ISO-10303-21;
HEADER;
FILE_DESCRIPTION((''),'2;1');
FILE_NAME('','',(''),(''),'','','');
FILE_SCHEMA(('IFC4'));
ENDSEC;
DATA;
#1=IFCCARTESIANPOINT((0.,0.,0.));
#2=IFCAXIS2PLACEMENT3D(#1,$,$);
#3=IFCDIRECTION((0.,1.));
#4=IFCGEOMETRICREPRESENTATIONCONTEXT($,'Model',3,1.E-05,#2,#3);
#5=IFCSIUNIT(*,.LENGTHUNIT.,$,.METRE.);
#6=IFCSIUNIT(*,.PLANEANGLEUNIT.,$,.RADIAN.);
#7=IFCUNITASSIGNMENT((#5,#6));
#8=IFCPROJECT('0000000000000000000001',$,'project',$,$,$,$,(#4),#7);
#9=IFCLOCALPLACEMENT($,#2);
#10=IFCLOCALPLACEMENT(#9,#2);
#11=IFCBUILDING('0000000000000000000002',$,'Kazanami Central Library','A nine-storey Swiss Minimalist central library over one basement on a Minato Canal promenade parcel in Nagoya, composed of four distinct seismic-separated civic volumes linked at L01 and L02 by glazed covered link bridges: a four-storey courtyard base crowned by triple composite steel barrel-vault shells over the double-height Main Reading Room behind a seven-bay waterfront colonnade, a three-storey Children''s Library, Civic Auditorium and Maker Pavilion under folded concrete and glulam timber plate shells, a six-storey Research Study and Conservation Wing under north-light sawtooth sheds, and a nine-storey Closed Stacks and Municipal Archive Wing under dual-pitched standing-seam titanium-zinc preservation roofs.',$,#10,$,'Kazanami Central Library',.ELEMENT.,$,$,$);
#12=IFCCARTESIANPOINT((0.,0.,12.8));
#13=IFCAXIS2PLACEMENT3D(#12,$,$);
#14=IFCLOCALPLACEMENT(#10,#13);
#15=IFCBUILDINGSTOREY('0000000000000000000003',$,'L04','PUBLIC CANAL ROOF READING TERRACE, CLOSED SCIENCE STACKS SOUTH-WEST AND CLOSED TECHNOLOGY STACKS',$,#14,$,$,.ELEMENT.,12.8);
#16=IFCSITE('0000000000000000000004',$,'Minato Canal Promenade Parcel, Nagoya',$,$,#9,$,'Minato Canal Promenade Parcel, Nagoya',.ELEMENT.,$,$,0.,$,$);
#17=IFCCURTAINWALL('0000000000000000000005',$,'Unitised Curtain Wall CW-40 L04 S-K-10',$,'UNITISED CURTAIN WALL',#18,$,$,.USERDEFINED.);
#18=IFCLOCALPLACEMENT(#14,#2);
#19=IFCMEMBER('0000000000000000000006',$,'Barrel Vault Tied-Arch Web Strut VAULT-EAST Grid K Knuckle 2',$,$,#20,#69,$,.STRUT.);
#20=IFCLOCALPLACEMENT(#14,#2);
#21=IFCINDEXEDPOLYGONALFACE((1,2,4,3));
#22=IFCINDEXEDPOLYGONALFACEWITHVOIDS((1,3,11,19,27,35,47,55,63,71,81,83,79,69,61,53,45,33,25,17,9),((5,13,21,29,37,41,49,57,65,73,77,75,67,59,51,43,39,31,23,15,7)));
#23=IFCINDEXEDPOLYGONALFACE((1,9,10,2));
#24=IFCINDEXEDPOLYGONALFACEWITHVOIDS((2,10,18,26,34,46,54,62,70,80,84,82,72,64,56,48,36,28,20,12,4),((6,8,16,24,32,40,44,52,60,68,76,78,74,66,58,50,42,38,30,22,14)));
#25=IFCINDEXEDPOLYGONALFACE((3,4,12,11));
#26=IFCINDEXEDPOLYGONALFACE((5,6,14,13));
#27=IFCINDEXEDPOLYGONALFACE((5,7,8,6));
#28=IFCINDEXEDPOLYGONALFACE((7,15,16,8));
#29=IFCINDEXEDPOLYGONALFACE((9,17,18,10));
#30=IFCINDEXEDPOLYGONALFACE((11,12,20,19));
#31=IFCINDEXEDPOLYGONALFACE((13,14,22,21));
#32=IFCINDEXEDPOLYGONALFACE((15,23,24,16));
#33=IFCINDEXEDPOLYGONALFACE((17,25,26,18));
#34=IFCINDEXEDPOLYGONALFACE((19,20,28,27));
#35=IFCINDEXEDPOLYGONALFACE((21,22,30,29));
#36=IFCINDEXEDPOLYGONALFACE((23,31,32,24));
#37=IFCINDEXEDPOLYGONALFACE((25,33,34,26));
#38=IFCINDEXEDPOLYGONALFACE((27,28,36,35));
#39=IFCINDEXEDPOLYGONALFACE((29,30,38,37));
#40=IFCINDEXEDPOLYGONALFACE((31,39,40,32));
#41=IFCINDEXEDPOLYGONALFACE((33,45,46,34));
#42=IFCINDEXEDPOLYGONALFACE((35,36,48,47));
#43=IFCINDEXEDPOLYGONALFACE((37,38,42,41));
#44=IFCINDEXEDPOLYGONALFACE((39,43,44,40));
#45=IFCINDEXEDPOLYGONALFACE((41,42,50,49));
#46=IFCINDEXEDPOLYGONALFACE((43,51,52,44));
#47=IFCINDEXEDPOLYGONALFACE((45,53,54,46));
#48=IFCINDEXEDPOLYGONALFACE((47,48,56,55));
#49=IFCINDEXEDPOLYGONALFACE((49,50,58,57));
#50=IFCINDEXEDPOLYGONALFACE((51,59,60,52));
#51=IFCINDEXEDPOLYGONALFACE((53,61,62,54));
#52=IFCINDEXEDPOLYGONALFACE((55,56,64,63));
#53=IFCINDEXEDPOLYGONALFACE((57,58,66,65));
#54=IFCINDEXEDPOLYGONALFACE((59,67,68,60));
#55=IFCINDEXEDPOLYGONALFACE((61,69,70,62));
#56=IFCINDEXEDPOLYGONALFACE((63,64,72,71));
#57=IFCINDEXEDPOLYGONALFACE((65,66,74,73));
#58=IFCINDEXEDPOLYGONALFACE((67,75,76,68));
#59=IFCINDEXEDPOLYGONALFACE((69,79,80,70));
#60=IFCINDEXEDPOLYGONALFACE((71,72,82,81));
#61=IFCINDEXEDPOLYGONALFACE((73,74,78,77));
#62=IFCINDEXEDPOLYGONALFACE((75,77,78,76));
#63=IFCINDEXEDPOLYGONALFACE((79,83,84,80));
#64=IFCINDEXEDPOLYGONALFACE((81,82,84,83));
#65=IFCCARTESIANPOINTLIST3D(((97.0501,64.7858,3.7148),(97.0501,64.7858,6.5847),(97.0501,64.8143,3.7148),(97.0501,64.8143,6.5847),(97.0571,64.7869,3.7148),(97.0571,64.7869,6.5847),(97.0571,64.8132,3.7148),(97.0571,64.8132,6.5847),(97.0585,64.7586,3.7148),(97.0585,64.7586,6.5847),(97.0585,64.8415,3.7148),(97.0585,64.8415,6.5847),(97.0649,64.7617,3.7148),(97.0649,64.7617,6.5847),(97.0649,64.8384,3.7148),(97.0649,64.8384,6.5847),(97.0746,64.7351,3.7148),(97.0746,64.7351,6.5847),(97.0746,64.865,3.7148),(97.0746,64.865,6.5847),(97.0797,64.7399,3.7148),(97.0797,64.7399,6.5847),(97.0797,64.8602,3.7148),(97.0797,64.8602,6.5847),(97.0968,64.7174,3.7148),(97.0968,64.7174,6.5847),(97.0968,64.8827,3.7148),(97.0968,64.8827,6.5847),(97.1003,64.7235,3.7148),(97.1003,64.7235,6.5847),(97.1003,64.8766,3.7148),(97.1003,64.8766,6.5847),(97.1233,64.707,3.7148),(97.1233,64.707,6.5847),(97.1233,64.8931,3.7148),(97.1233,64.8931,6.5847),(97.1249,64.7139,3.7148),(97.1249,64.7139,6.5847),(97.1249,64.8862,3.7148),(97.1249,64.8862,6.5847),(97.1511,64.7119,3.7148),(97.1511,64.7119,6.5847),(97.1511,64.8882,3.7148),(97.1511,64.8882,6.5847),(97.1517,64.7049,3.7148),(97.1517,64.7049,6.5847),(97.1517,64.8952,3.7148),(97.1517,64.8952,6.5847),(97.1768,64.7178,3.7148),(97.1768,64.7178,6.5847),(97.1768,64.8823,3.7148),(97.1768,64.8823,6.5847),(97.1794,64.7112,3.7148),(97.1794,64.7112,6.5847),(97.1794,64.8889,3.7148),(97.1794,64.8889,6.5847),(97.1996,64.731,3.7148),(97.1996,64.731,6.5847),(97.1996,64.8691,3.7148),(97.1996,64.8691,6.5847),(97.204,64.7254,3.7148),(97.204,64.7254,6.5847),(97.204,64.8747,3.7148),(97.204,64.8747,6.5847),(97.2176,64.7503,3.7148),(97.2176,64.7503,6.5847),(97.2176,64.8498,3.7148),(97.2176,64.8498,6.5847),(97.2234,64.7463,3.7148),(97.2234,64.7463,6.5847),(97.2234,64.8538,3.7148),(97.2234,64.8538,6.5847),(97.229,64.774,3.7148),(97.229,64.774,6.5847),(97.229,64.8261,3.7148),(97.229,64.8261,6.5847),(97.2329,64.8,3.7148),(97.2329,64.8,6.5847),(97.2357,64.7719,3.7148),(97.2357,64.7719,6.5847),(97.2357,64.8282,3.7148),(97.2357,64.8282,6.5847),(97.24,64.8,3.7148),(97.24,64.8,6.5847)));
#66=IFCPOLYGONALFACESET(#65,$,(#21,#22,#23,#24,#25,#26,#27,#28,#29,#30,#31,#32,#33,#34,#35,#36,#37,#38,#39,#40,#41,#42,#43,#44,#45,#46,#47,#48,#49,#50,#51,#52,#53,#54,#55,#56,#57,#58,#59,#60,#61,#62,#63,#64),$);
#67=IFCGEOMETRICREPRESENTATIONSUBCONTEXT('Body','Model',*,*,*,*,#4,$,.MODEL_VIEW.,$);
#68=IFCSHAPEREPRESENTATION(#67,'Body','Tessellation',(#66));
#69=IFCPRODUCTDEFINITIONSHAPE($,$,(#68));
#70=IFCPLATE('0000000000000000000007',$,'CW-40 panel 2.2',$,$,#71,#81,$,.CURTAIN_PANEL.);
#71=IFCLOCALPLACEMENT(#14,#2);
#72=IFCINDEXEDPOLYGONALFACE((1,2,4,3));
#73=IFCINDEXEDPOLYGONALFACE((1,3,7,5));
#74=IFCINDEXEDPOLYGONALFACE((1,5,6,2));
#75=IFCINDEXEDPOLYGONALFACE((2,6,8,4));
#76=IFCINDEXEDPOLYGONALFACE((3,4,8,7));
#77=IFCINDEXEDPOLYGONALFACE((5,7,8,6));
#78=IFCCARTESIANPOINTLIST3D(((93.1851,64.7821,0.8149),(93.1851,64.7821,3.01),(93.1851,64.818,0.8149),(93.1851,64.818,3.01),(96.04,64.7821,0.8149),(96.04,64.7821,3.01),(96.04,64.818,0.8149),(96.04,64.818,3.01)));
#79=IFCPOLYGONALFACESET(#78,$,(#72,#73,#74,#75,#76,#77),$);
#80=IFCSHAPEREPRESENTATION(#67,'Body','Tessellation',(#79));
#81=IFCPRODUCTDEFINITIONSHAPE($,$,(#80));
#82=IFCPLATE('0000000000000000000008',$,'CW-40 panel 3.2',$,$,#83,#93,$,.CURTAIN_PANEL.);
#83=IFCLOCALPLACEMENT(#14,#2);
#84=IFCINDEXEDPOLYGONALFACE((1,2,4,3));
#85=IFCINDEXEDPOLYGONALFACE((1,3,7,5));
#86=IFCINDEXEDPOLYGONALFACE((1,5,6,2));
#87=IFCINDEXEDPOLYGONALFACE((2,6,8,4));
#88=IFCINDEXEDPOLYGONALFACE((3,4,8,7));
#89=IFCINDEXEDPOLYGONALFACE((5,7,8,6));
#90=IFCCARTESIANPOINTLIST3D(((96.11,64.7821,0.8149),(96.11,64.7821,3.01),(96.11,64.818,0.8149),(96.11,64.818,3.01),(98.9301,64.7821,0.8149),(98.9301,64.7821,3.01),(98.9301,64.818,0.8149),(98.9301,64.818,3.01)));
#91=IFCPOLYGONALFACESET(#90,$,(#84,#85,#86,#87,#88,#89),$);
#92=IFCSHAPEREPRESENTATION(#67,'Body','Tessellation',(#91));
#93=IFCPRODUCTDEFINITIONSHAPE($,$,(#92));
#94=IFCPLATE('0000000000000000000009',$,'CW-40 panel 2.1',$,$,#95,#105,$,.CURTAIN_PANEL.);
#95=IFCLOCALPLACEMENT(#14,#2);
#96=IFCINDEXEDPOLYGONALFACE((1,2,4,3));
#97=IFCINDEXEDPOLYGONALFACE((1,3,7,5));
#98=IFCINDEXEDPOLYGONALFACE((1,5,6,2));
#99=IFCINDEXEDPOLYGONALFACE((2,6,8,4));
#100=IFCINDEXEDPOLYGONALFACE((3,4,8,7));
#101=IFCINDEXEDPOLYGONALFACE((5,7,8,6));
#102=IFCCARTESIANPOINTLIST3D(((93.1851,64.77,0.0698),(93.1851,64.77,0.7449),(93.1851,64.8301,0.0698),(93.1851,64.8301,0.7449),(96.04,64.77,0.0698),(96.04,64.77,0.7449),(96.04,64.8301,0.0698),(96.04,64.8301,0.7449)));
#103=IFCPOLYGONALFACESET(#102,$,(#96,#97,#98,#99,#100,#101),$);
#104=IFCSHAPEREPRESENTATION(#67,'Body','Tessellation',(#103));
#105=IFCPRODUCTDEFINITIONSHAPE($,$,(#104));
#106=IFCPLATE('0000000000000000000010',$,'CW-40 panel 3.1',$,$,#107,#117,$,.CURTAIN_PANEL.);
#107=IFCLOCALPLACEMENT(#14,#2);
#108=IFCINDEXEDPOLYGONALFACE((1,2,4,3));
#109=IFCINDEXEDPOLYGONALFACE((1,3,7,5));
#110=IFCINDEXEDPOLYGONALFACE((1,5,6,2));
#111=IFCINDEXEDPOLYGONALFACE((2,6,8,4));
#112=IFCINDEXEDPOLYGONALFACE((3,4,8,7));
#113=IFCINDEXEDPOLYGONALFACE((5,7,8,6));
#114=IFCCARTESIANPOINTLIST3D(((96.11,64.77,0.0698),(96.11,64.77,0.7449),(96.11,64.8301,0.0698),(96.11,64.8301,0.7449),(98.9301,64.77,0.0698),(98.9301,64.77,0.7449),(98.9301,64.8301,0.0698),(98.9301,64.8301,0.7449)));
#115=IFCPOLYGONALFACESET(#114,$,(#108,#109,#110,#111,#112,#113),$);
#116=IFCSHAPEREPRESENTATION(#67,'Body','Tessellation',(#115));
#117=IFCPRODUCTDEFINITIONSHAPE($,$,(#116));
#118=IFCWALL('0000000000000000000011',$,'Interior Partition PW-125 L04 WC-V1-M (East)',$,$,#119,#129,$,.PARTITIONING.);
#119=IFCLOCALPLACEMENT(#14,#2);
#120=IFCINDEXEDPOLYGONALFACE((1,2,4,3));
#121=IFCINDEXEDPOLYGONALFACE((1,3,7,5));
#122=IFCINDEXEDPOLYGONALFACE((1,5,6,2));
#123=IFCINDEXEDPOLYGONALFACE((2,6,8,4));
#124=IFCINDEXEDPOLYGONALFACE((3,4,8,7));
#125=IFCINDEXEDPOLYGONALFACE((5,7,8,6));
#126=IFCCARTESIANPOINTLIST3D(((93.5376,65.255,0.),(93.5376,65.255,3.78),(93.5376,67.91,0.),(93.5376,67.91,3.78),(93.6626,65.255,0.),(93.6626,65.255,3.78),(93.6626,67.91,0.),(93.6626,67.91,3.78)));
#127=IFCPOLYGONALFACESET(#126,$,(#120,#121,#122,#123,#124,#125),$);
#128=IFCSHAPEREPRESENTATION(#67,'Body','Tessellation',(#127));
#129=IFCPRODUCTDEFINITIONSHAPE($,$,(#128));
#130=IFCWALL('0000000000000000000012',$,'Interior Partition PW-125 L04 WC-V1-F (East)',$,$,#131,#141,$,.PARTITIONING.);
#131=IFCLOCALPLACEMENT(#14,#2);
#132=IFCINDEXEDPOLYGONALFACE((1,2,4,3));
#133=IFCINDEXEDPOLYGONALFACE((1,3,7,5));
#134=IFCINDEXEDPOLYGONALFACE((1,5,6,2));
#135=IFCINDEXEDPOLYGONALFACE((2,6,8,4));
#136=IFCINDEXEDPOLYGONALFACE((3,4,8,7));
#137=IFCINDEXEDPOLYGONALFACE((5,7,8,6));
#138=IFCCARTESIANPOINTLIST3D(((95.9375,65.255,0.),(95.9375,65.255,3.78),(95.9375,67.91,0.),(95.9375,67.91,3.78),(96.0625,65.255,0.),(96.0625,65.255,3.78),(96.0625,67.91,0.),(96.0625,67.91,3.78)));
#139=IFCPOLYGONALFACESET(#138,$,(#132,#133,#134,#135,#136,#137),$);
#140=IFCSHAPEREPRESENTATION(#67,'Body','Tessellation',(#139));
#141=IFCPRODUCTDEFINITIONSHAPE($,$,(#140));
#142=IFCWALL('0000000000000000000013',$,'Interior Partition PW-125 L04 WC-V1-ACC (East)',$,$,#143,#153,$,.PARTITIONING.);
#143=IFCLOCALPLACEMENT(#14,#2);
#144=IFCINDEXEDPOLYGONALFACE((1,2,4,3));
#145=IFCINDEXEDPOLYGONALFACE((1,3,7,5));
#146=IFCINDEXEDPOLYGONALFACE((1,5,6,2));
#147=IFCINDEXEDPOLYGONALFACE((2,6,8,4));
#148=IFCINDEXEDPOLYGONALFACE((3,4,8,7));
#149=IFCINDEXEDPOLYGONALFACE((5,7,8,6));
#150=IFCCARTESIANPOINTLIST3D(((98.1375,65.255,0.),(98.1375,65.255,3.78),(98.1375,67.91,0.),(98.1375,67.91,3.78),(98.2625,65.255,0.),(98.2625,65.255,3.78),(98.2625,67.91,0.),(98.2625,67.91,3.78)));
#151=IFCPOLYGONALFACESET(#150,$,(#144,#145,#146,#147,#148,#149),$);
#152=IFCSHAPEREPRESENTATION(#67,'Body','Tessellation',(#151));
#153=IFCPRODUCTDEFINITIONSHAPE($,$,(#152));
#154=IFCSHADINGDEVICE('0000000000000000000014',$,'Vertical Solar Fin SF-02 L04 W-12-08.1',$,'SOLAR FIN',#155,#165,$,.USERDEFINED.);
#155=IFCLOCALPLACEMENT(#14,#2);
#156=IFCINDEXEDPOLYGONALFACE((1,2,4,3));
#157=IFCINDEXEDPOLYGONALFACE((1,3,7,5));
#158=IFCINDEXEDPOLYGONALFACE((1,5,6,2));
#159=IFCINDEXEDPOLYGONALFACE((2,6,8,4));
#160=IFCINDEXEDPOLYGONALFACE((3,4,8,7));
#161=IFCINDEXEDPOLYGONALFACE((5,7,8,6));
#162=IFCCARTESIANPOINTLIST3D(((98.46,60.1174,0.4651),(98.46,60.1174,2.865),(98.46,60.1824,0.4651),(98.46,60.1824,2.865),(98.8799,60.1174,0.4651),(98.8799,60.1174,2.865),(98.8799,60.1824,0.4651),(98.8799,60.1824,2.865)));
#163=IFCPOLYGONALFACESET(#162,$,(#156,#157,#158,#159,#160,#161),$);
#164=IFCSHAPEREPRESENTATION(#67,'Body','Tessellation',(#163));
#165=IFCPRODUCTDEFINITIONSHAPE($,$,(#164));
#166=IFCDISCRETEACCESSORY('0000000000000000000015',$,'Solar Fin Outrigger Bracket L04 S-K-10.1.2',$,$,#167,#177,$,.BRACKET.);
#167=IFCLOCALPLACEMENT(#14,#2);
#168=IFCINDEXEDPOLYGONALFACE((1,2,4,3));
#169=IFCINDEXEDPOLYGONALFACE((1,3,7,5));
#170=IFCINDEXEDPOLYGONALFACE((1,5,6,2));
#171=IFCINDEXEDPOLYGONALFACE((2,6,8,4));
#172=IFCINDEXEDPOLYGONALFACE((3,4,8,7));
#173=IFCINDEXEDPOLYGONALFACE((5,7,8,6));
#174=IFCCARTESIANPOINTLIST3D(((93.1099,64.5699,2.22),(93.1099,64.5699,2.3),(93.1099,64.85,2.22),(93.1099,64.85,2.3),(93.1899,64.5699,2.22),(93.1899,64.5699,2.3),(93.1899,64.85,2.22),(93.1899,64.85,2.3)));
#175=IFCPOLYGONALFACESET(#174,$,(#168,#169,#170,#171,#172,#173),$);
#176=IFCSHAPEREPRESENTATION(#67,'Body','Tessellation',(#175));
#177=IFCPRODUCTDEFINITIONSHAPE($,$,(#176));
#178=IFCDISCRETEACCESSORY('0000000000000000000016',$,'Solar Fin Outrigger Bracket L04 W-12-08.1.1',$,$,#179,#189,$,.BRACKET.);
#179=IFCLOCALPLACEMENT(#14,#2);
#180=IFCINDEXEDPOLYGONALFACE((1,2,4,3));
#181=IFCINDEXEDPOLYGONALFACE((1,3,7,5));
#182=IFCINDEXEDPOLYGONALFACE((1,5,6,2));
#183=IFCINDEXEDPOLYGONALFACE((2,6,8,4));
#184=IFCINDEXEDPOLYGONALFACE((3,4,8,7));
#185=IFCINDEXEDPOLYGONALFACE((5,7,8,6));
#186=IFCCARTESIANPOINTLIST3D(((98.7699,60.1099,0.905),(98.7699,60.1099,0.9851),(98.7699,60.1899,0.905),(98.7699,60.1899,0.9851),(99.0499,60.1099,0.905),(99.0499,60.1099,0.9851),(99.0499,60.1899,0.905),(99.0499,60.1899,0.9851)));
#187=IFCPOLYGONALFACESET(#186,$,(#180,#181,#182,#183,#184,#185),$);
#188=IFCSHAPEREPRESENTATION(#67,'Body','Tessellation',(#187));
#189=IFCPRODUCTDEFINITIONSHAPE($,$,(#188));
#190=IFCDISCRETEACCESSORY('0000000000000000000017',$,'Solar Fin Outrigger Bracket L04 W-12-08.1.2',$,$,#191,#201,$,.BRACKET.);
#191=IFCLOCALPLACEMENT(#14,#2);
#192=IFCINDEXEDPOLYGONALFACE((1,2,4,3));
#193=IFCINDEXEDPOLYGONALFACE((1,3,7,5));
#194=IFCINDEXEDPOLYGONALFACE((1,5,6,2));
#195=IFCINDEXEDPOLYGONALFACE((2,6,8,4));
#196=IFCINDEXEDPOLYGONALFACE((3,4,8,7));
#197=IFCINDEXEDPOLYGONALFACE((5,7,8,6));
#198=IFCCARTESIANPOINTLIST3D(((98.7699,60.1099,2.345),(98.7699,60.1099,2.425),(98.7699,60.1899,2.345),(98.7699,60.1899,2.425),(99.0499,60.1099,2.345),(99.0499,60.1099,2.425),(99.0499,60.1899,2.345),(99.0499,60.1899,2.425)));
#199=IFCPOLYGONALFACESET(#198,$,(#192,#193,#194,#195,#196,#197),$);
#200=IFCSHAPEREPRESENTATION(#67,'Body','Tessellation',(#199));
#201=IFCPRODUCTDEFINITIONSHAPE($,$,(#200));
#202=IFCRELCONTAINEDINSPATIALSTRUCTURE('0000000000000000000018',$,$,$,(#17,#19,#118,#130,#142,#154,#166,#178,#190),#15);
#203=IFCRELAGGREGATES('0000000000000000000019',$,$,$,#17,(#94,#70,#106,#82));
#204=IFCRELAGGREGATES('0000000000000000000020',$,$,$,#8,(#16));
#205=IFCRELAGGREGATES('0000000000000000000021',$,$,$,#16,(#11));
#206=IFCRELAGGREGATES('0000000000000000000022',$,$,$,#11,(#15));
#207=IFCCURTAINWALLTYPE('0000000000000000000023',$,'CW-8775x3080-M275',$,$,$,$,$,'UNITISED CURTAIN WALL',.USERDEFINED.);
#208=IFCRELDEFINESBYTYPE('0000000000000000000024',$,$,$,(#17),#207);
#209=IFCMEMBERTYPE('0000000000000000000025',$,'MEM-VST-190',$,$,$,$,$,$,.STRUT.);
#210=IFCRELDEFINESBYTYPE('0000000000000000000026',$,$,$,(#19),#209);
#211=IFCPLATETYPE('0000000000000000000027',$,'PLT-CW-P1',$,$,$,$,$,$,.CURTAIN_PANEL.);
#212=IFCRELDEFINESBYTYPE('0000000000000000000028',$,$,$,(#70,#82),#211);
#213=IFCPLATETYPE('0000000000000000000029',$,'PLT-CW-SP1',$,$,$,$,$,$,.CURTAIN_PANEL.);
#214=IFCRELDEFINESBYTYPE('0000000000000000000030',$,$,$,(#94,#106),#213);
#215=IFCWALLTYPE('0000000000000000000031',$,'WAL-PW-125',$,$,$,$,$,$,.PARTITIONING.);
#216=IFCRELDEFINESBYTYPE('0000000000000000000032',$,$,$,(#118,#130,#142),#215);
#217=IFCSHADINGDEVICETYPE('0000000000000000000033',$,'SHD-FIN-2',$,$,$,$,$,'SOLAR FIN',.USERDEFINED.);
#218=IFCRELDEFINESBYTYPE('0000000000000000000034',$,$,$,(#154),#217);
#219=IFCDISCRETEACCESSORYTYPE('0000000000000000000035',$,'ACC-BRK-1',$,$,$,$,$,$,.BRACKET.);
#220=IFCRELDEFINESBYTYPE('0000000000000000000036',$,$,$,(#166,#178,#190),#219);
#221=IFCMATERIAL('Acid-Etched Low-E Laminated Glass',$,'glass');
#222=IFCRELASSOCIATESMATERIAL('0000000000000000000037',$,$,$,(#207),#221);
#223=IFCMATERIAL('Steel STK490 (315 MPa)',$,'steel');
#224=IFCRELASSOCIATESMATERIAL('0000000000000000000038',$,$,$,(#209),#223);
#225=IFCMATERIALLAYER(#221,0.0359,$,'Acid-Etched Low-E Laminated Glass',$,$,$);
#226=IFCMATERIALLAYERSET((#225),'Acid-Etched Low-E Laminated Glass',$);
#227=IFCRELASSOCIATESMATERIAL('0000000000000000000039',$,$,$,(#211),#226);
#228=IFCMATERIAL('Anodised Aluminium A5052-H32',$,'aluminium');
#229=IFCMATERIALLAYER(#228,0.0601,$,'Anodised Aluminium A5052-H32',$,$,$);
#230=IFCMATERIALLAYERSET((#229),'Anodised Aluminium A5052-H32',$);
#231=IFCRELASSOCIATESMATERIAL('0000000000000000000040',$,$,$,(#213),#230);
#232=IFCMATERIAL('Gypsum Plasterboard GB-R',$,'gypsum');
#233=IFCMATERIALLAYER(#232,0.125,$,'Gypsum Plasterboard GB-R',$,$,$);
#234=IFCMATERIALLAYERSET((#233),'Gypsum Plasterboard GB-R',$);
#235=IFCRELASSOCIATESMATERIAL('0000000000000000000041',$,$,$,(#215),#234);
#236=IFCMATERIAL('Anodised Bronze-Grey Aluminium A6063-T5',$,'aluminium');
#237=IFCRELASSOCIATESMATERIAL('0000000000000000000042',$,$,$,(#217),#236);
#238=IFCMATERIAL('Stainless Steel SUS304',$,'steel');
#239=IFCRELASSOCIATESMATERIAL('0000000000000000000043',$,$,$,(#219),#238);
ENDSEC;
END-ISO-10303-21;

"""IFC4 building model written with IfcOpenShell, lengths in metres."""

from ifc_helpers import new_model, si_unit, direction, frame, frame_2d, origin, origin_2d, place, context, subcontext, project, spatial, rectangle, hollow_circle, extrude, material, layer, layer_set, material_profile, profile_set, type_object, element, aggregate, save


model = new_model("IFC4")

# Units and contexts
model_context = context("Model", 3, precision=1e-05, world=origin(), true_north=direction((0.0, 1.0)))
body_context = subcontext(model_context, "Body", "Model", "MODEL_VIEW")
ifc_project = project(units=[si_unit("LENGTHUNIT", "METRE"), si_unit("PLANEANGLEUNIT", "RADIAN")], contexts=[model_context])

# Site, building, storey
site_placement = place(None, origin())
site = spatial("IfcSite", under=ifc_project, at=site_placement, Name="Minato Canal Promenade Parcel, Nagoya", LongName="Minato Canal Promenade Parcel, Nagoya", CompositionType="ELEMENT", RefElevation=0.0)
building_placement = place(site_placement, origin())
building = spatial("IfcBuilding", under=site, at=building_placement, Name="Kazanami Central Library", Description="A nine-storey Swiss Minimalist central library over one basement on a Minato Canal promenade parcel in Nagoya, composed of four distinct seismic-separated civic volumes linked at L01 and L02 by glazed covered link bridges: a four-storey courtyard base crowned by triple composite steel barrel-vault shells over the double-height Main Reading Room behind a seven-bay waterfront colonnade, a three-storey Children's Library, Civic Auditorium and Maker Pavilion under folded concrete and glulam timber plate shells, a six-storey Research Study and Conservation Wing under north-light sawtooth sheds, and a nine-storey Closed Stacks and Municipal Archive Wing under dual-pitched standing-seam titanium-zinc preservation roofs.", LongName="Kazanami Central Library", CompositionType="ELEMENT")
storey_placement = place(building_placement, frame((0.0, 0.0, 12.8)))
storey = spatial("IfcBuildingStorey", under=building, at=storey_placement, Name="L04", Description="PUBLIC CANAL ROOF READING TERRACE, CLOSED SCIENCE STACKS SOUTH-WEST AND CLOSED TECHNOLOGY STACKS", CompositionType="ELEMENT", Elevation=12.8)

# Curtain wall
ifc_material_1 = material(Name="Acid-Etched Low-E Laminated Glass", Category="glass")
curtain_wall_type_1 = type_object("IfcCurtainWallType", Name="CW-8775x3080-M275", ElementType="UNITISED CURTAIN WALL", PredefinedType="USERDEFINED", material=ifc_material_1)
curtain_wall_1_placement = place(storey_placement, origin())
curtain_wall_1 = element("IfcCurtainWall", 1, at=curtain_wall_1_placement, inside=storey, type_object=curtain_wall_type_1, Name="Unitised Curtain Wall CW-40 L04 S-K-10", ObjectType="UNITISED CURTAIN WALL", PredefinedType="USERDEFINED")

# Member
ifc_material_2 = material(Name="Steel STK490 (315 MPa)", Category="steel")
ifc_material_profile_1 = material_profile(ifc_material_2, hollow_circle(Radius=0.0955, WallThickness=0.0071, at=origin_2d()), Name="CHS-190.7x7.0")
ifc_profile_set_1 = profile_set([ifc_material_profile_1], Name="Steel STK490 (315 MPa)")
member_type_1 = type_object("IfcMemberType", Name="MEM-VST-190", PredefinedType="STRUT", material=ifc_profile_set_1)
member_1_placement = place(storey_placement, frame((97.1445, 64.8, 3.7148), z_axis=(0.0, 0.0, 1.0), x_axis=(1.0, 0.0, 0.0)))
element("IfcMember", 2, at=member_1_placement, inside=storey, type_object=member_type_1, Name="Barrel Vault Tied-Arch Web Strut VAULT-EAST Grid K Knuckle 2", PredefinedType="STRUT", context=body_context, shape_type="SweptSolid", body=[
    extrude(hollow_circle(Radius=0.0955, WallThickness=0.0071, at=origin_2d()), origin(), (0.0, 0.0, 1.0), 2.8699),
])

# Plates
ifc_layer_1 = layer(ifc_material_1, 0.0359, Name="Acid-Etched Low-E Laminated Glass")
ifc_layer_set_1 = layer_set([ifc_layer_1], Name="Acid-Etched Low-E Laminated Glass")
plate_type_1 = type_object("IfcPlateType", Name="PLT-CW-P1", PredefinedType="CURTAIN_PANEL", material=ifc_layer_set_1)
plate_1_placement = place(storey_placement, frame((94.6125, 64.8, 0.8149), z_axis=(0.0, 0.0, 1.0), x_axis=(1.0, 0.0, 0.0)))
plate_1 = element("IfcPlate", 3, at=plate_1_placement, type_object=plate_type_1, Name="CW-40 panel 2.2", PredefinedType="CURTAIN_PANEL", context=body_context, shape_type="SweptSolid", body=[
    extrude(rectangle(XDim=2.855, YDim=0.0359, at=origin_2d()), origin(), (0.0, 0.0, 1.0), 2.1951),
])
plate_2_placement = place(storey_placement, frame((97.52, 64.8, 0.8149), z_axis=(0.0, 0.0, 1.0), x_axis=(1.0, 0.0, 0.0)))
plate_2 = element("IfcPlate", 4, at=plate_2_placement, type_object=plate_type_1, Name="CW-40 panel 3.2", PredefinedType="CURTAIN_PANEL", context=body_context, shape_type="SweptSolid", body=[
    extrude(rectangle(XDim=2.8201, YDim=0.0359, at=origin_2d()), origin(), (0.0, 0.0, 1.0), 2.1951),
])
ifc_material_3 = material(Name="Anodised Aluminium A5052-H32", Category="aluminium")
ifc_layer_2 = layer(ifc_material_3, 0.0601, Name="Anodised Aluminium A5052-H32")
ifc_layer_set_2 = layer_set([ifc_layer_2], Name="Anodised Aluminium A5052-H32")
plate_type_2 = type_object("IfcPlateType", Name="PLT-CW-SP1", PredefinedType="CURTAIN_PANEL", material=ifc_layer_set_2)
plate_3_placement = place(storey_placement, frame((94.6125, 64.8, 0.0698), z_axis=(0.0, 0.0, 1.0), x_axis=(1.0, 0.0, 0.0)))
plate_3 = element("IfcPlate", 5, at=plate_3_placement, type_object=plate_type_2, Name="CW-40 panel 2.1", PredefinedType="CURTAIN_PANEL", context=body_context, shape_type="SweptSolid", body=[
    extrude(rectangle(XDim=2.855, YDim=0.0601, at=origin_2d()), origin(), (0.0, 0.0, 1.0), 0.675),
])
plate_4_placement = place(storey_placement, frame((97.52, 64.8, 0.0698), z_axis=(0.0, 0.0, 1.0), x_axis=(1.0, 0.0, 0.0)))
plate_4 = element("IfcPlate", 6, at=plate_4_placement, type_object=plate_type_2, Name="CW-40 panel 3.1", PredefinedType="CURTAIN_PANEL", context=body_context, shape_type="SweptSolid", body=[
    extrude(rectangle(XDim=2.8201, YDim=0.0601, at=origin_2d()), origin(), (0.0, 0.0, 1.0), 0.675),
])
aggregate(curtain_wall_1, [plate_3, plate_1, plate_4, plate_2])

# Walls
ifc_material_4 = material(Name="Gypsum Plasterboard GB-R", Category="gypsum")
ifc_layer_3 = layer(ifc_material_4, 0.125, Name="Gypsum Plasterboard GB-R")
ifc_layer_set_3 = layer_set([ifc_layer_3], Name="Gypsum Plasterboard GB-R")
wall_type = type_object("IfcWallType", Name="WAL-PW-125", PredefinedType="PARTITIONING", material=ifc_layer_set_3)
for number, where, z_axis, x_axis, name in (
    (7, (93.6001, 65.2549, 0.0), (0.0, 0.0, 1.0), (0.0, 1.0, 0.0), "Interior Partition PW-125 L04 WC-V1-M (East)"),
    (8, (96.0, 65.2549, 0.0), (0.0, 0.0, 1.0), (0.0, 1.0, 0.0), "Interior Partition PW-125 L04 WC-V1-F (East)"),
    (9, (98.2, 65.2549, 0.0), (0.0, 0.0, 1.0), (0.0, 1.0, 0.0), "Interior Partition PW-125 L04 WC-V1-ACC (East)"),
):
    element("IfcWall", number, at=place(storey_placement, frame(where, z_axis=z_axis, x_axis=x_axis)), inside=storey, type_object=wall_type, Name=name, PredefinedType="PARTITIONING", context=body_context, shape_type="SweptSolid", body=[
        extrude(rectangle(XDim=2.655, YDim=0.125, at=frame_2d((1.3276, 0.0))), origin(), (0.0, 0.0, 1.0), 3.78),
    ])

# Shading device
ifc_material_5 = material(Name="Anodised Bronze-Grey Aluminium A6063-T5", Category="aluminium")
shading_device_type = type_object("IfcShadingDeviceType", Name="SHD-FIN-2", ElementType="SOLAR FIN", PredefinedType="USERDEFINED", material=ifc_material_5)
shading_device_placement = place(storey_placement, frame((98.6699, 60.1499, 0.4651), z_axis=(0.0, 0.0, 1.0), x_axis=(0.0, 1.0, 0.0)))
element("IfcShadingDevice", 10, at=shading_device_placement, inside=storey, type_object=shading_device_type, Name="Vertical Solar Fin SF-02 L04 W-12-08.1", ObjectType="SOLAR FIN", PredefinedType="USERDEFINED", context=body_context, shape_type="SweptSolid", body=[
    extrude(rectangle(XDim=0.0649, YDim=0.4199, at=origin_2d()), origin(), (0.0, 0.0, 1.0), 2.3999),
])

# Discrete accessories
ifc_material_6 = material(Name="Stainless Steel SUS304", Category="steel")
discrete_accessory_type = type_object("IfcDiscreteAccessoryType", Name="ACC-BRK-1", PredefinedType="BRACKET", material=ifc_material_6)
for number, where, z_axis, x_axis, name in (
    (11, (93.1499, 64.71, 2.22), (0.0, 0.0, 1.0), (1.0, 0.0, 0.0), "Solar Fin Outrigger Bracket L04 S-K-10.1.2"),
    (12, (98.9099, 60.1499, 0.905), (0.0, 0.0, 1.0), (0.0, 1.0, 0.0), "Solar Fin Outrigger Bracket L04 W-12-08.1.1"),
    (13, (98.9099, 60.1499, 2.345), (0.0, 0.0, 1.0), (0.0, 1.0, 0.0), "Solar Fin Outrigger Bracket L04 W-12-08.1.2"),
):
    element("IfcDiscreteAccessory", number, at=place(storey_placement, frame(where, z_axis=z_axis, x_axis=x_axis)), inside=storey, type_object=discrete_accessory_type, Name=name, PredefinedType="BRACKET", context=body_context, shape_type="SweptSolid", body=[
        extrude(rectangle(XDim=0.0801, YDim=0.28, at=origin_2d()), origin(), (0.0, 0.0, 1.0), 0.0801),
    ])

save(model, "model.ifc")
